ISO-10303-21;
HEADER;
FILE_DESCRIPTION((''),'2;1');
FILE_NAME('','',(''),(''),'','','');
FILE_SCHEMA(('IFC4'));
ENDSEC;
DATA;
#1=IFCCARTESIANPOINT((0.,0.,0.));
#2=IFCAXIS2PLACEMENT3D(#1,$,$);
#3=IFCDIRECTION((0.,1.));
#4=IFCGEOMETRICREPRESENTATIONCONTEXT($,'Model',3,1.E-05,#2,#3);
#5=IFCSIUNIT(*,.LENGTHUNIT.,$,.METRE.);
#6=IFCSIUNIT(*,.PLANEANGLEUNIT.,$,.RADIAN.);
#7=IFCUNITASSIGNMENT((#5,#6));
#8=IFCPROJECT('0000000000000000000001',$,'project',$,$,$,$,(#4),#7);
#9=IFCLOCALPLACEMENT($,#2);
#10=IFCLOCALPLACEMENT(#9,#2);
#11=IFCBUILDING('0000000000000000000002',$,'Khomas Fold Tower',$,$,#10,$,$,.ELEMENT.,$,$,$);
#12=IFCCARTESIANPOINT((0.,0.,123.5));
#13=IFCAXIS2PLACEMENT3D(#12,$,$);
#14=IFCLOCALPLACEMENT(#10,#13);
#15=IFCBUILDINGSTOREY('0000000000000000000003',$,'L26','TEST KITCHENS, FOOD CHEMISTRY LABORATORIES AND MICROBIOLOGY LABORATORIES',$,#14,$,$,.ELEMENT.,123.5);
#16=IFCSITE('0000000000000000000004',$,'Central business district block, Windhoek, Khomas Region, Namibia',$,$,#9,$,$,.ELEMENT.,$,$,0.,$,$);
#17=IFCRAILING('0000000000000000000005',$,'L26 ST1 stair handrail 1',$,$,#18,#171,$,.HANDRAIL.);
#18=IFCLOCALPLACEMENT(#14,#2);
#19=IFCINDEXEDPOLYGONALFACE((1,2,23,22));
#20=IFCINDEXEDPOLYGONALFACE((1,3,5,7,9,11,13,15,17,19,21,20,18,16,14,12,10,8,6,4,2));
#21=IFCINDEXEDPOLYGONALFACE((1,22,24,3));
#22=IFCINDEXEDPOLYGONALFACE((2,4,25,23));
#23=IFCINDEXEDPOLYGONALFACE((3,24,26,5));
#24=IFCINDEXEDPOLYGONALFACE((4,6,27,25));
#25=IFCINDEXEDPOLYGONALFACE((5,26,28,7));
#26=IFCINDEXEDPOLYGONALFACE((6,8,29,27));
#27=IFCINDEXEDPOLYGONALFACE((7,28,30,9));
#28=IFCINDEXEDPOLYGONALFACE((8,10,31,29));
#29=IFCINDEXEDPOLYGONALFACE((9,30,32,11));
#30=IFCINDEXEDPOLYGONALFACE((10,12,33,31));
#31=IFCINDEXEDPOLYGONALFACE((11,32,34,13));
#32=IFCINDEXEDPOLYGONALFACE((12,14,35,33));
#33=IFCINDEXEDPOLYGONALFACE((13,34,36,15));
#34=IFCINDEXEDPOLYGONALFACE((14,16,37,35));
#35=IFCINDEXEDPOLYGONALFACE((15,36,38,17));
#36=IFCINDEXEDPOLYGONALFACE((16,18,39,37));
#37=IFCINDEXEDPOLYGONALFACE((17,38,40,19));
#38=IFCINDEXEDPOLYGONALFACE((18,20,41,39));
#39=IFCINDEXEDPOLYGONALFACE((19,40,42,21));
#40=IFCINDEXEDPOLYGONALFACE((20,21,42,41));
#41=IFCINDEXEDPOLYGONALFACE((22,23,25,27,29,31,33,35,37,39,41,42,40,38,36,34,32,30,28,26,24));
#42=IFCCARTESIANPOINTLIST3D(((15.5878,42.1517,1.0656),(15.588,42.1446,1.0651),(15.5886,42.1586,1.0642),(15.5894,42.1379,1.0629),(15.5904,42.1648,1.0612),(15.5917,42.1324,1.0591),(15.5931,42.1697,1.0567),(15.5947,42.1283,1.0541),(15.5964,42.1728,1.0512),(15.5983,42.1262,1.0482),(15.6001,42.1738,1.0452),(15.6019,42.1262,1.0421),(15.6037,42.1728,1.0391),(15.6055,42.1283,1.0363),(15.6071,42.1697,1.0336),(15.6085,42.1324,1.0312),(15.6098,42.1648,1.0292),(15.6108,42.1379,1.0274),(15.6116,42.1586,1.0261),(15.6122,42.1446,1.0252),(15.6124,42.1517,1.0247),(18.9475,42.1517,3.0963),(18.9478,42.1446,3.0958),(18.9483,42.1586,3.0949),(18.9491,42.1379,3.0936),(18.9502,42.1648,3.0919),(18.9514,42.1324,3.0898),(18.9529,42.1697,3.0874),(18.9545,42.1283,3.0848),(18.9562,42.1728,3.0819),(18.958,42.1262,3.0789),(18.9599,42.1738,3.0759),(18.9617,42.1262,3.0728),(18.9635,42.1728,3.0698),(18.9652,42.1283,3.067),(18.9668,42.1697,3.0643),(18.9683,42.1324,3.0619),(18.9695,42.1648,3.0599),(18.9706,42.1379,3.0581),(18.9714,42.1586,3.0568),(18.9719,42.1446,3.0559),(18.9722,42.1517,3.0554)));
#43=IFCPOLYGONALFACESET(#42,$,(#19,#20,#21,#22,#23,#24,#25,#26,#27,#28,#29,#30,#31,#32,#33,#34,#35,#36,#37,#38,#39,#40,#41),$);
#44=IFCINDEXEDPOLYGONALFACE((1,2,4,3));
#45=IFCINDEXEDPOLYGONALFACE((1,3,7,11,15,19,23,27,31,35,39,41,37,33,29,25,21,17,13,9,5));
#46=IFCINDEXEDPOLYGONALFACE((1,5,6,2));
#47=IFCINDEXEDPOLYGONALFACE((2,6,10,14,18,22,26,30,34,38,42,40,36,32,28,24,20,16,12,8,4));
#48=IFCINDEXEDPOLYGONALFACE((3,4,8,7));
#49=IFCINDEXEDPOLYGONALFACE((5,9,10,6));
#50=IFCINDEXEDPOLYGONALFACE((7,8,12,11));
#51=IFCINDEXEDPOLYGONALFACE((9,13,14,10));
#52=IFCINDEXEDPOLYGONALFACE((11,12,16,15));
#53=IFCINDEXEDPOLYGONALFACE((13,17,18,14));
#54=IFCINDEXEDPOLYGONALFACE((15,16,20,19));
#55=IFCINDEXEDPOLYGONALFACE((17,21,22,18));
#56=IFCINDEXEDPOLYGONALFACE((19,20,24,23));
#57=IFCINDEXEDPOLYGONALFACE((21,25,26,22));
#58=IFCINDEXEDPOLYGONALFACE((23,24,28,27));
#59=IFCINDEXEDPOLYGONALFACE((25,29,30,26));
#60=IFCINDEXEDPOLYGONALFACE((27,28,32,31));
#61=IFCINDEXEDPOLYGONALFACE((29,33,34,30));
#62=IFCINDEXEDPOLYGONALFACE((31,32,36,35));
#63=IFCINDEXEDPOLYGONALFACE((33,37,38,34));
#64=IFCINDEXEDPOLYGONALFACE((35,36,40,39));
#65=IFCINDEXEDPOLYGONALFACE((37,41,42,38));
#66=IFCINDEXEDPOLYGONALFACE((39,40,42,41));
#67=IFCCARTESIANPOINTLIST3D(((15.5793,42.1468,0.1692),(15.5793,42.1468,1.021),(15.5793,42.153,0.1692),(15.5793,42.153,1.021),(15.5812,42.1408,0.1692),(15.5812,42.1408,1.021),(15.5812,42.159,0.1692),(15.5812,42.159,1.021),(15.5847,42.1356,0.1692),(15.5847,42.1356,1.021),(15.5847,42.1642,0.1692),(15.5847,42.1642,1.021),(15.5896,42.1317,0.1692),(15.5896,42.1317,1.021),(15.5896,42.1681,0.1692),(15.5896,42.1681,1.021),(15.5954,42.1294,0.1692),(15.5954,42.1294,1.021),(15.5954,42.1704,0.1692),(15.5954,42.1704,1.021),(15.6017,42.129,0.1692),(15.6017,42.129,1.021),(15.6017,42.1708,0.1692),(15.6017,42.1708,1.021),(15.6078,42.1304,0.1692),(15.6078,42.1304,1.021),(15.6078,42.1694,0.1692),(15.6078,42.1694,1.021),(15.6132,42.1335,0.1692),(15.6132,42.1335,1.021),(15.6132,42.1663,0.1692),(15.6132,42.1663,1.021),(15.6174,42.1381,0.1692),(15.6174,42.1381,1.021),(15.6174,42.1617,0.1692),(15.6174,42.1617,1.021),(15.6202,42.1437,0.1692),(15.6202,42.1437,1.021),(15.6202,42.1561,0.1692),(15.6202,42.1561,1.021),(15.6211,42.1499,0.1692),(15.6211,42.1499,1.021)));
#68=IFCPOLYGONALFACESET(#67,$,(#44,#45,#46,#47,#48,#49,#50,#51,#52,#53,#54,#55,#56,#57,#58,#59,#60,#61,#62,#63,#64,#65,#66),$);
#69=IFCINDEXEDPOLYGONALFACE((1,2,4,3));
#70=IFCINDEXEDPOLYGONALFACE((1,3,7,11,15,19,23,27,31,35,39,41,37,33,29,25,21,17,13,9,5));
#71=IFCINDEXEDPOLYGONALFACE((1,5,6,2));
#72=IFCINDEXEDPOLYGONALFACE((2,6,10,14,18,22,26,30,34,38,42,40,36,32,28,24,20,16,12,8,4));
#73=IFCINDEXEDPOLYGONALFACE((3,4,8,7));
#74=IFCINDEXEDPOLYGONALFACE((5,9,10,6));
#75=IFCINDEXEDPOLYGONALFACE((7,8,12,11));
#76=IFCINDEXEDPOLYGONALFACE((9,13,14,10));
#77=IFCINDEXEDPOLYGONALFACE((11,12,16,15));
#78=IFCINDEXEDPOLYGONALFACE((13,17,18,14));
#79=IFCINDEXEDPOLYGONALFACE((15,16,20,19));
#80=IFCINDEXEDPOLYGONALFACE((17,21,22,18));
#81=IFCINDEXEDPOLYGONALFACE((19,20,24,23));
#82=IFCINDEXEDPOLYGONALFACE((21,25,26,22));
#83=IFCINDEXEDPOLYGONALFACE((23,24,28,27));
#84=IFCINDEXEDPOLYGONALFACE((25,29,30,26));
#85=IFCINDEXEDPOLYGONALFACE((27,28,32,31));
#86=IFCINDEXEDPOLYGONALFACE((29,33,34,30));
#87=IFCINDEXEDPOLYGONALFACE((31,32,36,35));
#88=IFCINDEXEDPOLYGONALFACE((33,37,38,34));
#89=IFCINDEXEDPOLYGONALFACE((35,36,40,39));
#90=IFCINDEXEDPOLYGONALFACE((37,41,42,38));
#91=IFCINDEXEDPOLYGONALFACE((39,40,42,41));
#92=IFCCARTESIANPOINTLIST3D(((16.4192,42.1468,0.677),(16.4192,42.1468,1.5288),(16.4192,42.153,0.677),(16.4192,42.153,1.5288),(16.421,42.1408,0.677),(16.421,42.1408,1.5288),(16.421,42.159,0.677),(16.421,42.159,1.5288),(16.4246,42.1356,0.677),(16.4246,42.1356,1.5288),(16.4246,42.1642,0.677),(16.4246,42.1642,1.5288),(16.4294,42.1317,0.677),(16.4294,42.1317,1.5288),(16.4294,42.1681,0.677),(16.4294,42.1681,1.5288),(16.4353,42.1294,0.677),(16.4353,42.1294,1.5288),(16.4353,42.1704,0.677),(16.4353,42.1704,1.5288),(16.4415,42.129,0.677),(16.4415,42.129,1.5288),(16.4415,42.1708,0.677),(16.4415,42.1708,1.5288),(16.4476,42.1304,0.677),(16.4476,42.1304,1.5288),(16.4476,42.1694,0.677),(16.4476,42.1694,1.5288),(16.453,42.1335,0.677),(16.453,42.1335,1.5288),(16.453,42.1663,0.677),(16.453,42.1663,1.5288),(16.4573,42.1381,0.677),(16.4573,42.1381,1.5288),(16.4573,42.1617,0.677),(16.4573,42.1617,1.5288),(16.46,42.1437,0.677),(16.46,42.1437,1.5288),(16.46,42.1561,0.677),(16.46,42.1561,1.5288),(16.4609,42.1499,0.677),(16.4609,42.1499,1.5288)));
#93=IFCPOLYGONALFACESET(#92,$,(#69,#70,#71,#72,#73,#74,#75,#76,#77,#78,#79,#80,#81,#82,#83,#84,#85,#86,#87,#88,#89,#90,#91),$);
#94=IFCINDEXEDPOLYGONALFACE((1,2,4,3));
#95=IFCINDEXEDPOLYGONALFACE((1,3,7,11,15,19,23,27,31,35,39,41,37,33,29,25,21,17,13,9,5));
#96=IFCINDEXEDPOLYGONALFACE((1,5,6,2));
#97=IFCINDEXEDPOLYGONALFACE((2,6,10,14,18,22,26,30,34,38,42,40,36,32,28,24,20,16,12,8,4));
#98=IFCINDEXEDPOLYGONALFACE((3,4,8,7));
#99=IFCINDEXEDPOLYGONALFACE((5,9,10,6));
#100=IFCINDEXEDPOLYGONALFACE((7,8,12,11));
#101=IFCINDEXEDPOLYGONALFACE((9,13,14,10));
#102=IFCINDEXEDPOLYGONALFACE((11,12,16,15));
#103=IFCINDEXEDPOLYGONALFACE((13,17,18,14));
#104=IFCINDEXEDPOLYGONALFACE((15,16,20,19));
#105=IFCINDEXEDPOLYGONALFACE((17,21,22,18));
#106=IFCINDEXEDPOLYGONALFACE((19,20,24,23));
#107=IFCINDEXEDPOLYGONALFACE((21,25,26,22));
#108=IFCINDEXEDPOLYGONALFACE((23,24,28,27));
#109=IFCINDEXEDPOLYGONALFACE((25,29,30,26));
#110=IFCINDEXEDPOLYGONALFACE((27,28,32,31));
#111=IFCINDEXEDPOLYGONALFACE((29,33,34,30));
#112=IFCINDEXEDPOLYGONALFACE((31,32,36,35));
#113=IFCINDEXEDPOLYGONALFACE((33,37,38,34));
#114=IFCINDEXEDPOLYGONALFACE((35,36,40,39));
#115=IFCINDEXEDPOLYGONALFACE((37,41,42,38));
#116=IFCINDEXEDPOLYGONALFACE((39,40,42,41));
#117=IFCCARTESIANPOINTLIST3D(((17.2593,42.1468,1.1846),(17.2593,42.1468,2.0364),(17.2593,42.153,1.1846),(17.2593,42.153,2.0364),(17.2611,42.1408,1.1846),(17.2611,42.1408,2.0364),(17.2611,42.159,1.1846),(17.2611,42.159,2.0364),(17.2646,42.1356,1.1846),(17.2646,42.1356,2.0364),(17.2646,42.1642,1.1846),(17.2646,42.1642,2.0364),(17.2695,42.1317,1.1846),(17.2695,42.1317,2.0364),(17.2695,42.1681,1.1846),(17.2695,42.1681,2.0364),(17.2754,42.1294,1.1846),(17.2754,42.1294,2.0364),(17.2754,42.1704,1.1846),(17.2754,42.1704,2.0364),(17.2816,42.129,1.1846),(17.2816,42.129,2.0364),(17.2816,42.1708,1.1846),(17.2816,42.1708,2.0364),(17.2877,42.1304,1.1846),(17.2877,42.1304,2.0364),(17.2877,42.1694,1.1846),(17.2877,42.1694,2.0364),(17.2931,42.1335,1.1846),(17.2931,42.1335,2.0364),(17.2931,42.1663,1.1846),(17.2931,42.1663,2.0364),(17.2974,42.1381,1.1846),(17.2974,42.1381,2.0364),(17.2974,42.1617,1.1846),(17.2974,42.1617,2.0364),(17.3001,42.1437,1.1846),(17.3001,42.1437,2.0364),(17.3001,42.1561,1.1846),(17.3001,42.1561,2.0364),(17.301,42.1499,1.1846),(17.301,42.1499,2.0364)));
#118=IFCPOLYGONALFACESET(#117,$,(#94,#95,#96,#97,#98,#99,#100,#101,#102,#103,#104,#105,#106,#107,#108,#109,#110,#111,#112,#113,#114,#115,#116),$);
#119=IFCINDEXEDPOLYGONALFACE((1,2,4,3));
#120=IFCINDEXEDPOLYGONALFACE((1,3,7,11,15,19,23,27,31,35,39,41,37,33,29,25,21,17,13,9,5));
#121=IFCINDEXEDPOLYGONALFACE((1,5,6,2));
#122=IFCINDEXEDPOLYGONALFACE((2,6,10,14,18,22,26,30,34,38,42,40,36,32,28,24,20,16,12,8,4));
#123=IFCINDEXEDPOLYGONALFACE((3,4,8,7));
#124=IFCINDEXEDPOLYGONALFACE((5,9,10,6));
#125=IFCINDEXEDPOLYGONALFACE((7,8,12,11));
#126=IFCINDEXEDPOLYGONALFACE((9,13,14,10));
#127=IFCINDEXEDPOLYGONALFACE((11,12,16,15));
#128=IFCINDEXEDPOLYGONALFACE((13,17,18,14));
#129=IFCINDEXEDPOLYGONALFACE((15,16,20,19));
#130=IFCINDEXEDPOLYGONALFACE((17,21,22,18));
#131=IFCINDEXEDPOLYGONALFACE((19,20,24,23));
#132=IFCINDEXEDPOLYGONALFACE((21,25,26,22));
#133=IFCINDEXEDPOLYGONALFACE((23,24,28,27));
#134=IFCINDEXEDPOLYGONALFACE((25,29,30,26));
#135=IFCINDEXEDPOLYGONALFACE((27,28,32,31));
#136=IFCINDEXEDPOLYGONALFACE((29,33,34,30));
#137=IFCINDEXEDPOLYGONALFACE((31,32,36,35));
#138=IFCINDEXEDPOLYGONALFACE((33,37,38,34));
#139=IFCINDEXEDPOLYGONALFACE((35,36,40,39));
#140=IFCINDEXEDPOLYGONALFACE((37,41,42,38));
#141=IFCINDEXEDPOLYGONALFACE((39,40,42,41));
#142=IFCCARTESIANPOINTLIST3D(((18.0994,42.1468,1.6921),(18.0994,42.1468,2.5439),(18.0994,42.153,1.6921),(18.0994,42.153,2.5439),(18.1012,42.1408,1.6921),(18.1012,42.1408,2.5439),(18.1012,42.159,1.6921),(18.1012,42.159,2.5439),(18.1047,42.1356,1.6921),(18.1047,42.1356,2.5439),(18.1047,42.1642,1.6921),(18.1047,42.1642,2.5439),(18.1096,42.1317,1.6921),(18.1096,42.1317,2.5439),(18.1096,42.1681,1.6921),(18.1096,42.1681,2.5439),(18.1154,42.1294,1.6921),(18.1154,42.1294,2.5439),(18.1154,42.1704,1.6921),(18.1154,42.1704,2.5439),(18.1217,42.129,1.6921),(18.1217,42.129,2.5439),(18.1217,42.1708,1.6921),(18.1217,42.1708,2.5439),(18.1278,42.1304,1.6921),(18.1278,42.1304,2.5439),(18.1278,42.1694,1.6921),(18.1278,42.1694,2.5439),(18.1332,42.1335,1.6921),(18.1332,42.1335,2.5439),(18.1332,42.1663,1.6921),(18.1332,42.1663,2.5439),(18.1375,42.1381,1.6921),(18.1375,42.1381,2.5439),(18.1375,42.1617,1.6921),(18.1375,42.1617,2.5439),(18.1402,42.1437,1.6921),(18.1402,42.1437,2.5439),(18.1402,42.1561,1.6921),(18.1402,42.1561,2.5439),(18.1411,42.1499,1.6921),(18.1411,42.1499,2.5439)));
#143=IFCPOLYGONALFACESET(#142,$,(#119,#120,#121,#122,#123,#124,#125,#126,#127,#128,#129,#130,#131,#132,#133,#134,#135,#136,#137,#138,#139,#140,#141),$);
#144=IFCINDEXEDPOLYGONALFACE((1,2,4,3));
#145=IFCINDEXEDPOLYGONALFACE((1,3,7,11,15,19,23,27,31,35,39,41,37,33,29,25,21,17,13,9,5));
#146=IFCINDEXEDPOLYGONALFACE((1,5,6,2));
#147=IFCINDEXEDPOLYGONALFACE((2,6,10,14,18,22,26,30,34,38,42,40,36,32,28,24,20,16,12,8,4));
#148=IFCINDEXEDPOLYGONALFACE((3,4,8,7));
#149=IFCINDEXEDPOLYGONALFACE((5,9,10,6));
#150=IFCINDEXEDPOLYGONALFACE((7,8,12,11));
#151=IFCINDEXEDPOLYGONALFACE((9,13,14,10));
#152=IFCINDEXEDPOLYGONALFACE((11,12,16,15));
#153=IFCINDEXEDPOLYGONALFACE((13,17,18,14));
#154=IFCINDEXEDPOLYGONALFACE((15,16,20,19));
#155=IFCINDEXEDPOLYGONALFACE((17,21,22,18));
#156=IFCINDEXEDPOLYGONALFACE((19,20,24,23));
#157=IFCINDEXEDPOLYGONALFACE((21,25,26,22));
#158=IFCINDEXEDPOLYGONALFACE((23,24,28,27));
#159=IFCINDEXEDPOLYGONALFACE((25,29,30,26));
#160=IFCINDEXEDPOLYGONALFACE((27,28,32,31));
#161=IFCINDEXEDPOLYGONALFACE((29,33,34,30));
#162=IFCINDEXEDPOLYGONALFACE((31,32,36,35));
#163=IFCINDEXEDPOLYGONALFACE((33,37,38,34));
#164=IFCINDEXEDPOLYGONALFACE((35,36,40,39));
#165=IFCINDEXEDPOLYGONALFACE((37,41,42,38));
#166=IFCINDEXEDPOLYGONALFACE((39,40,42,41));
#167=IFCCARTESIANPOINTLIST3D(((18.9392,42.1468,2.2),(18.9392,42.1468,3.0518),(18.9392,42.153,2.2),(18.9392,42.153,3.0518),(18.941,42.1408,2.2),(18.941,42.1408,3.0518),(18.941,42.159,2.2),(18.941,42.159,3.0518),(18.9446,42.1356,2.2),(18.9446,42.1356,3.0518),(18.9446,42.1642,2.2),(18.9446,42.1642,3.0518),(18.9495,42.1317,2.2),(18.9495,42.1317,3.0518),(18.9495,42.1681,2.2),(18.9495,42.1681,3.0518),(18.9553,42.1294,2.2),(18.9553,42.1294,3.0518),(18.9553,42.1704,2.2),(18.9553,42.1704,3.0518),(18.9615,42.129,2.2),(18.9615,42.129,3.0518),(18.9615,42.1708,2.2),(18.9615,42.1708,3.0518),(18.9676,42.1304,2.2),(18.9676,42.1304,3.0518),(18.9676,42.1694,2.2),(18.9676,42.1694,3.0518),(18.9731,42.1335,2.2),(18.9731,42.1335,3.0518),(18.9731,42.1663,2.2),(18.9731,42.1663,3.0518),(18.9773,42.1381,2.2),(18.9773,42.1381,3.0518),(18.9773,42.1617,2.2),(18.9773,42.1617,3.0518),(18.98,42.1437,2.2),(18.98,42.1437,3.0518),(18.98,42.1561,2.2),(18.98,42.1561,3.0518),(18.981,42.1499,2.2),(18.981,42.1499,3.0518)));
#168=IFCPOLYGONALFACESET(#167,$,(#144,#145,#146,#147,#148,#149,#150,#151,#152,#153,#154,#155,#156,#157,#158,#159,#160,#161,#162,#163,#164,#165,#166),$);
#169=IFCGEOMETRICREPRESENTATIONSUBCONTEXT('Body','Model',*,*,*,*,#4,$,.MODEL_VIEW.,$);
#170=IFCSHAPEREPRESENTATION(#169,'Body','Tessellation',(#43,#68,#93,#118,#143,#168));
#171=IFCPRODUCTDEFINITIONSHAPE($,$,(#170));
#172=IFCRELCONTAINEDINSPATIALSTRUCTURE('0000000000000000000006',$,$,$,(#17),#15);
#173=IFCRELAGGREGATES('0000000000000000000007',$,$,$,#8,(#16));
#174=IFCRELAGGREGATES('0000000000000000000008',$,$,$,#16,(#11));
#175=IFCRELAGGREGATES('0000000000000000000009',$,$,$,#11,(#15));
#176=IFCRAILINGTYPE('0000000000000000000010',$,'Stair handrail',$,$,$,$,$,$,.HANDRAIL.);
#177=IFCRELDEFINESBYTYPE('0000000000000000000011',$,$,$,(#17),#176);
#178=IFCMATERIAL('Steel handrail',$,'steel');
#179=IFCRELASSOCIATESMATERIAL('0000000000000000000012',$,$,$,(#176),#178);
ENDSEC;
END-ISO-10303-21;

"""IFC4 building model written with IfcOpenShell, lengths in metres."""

from ifc_helpers import new_model, si_unit, direction, frame, origin, origin_2d, place, context, subcontext, project, spatial, circle, extrude, source, transform, mapped, material, type_object, element, save


model = new_model("IFC4")

# Units and contexts
model_context = context("Model", 3, precision=1e-05, world=origin(), true_north=direction((0.0, 1.0)))
body_context = subcontext(model_context, "Body", "Model", "MODEL_VIEW")
ifc_project = project(units=[si_unit("LENGTHUNIT", "METRE"), si_unit("PLANEANGLEUNIT", "RADIAN")], contexts=[model_context])

# Site, building, storey
site_placement = place(None, origin())
site = spatial("IfcSite", under=ifc_project, at=site_placement, Name="Central business district block, Windhoek, Khomas Region, Namibia", CompositionType="ELEMENT", RefElevation=0.0)
building_placement = place(site_placement, origin())
building = spatial("IfcBuilding", under=site, at=building_placement, Name="Khomas Fold Tower", CompositionType="ELEMENT")
storey_placement = place(building_placement, frame((0.0, 0.0, 123.5)))
storey = spatial("IfcBuildingStorey", under=building, at=storey_placement, Name="L26", Description="TEST KITCHENS, FOOD CHEMISTRY LABORATORIES AND MICROBIOLOGY LABORATORIES", CompositionType="ELEMENT", Elevation=123.5)

# Railing
ifc_material_1 = material(Name="Steel handrail", Category="steel")
railing_type_1 = type_object("IfcRailingType", Name="Stair handrail", PredefinedType="HANDRAIL", material=ifc_material_1)
shared_shape_1 = source(origin(), body_context, "Body", "SweptSolid", [
    extrude(circle(Radius=0.0239, at=origin_2d()), frame((0.0, 0.0, 0.876), z_axis=(0.85582, 0.0, 0.517273), x_axis=(0.0, 1.0, 0.0)), (0.0, 0.0, 1.0), 3.9258),
    extrude(circle(Radius=0.021, at=origin_2d()), origin(), (0.0, 0.0, 1.0), 0.8518),
    extrude(circle(Radius=0.021, at=origin_2d()), frame((0.8398, 0.0, 0.5078)), (0.0, 0.0, 1.0), 0.8518),
    extrude(circle(Radius=0.021, at=origin_2d()), frame((1.6799, 0.0, 1.0154)), (0.0, 0.0, 1.0), 0.8518),
    extrude(circle(Radius=0.021, at=origin_2d()), frame((2.52, 0.0, 1.5229)), (0.0, 0.0, 1.0), 0.8518),
    extrude(circle(Radius=0.021, at=origin_2d()), frame((3.3599, 0.0, 2.0308)), (0.0, 0.0, 1.0), 0.8518),
])
railing_1_placement = place(storey_placement, frame((15.6001, 42.1499, 0.1692)))
element("IfcRailing", 1, at=railing_1_placement, inside=storey, type_object=railing_type_1, Name="L26 ST1 stair handrail 1", PredefinedType="HANDRAIL", context=body_context, shape_type="MappedRepresentation", body=[
    mapped(shared_shape_1, transform((0.0, 0.0, 0.0))),
])

save(model, "model.ifc")
